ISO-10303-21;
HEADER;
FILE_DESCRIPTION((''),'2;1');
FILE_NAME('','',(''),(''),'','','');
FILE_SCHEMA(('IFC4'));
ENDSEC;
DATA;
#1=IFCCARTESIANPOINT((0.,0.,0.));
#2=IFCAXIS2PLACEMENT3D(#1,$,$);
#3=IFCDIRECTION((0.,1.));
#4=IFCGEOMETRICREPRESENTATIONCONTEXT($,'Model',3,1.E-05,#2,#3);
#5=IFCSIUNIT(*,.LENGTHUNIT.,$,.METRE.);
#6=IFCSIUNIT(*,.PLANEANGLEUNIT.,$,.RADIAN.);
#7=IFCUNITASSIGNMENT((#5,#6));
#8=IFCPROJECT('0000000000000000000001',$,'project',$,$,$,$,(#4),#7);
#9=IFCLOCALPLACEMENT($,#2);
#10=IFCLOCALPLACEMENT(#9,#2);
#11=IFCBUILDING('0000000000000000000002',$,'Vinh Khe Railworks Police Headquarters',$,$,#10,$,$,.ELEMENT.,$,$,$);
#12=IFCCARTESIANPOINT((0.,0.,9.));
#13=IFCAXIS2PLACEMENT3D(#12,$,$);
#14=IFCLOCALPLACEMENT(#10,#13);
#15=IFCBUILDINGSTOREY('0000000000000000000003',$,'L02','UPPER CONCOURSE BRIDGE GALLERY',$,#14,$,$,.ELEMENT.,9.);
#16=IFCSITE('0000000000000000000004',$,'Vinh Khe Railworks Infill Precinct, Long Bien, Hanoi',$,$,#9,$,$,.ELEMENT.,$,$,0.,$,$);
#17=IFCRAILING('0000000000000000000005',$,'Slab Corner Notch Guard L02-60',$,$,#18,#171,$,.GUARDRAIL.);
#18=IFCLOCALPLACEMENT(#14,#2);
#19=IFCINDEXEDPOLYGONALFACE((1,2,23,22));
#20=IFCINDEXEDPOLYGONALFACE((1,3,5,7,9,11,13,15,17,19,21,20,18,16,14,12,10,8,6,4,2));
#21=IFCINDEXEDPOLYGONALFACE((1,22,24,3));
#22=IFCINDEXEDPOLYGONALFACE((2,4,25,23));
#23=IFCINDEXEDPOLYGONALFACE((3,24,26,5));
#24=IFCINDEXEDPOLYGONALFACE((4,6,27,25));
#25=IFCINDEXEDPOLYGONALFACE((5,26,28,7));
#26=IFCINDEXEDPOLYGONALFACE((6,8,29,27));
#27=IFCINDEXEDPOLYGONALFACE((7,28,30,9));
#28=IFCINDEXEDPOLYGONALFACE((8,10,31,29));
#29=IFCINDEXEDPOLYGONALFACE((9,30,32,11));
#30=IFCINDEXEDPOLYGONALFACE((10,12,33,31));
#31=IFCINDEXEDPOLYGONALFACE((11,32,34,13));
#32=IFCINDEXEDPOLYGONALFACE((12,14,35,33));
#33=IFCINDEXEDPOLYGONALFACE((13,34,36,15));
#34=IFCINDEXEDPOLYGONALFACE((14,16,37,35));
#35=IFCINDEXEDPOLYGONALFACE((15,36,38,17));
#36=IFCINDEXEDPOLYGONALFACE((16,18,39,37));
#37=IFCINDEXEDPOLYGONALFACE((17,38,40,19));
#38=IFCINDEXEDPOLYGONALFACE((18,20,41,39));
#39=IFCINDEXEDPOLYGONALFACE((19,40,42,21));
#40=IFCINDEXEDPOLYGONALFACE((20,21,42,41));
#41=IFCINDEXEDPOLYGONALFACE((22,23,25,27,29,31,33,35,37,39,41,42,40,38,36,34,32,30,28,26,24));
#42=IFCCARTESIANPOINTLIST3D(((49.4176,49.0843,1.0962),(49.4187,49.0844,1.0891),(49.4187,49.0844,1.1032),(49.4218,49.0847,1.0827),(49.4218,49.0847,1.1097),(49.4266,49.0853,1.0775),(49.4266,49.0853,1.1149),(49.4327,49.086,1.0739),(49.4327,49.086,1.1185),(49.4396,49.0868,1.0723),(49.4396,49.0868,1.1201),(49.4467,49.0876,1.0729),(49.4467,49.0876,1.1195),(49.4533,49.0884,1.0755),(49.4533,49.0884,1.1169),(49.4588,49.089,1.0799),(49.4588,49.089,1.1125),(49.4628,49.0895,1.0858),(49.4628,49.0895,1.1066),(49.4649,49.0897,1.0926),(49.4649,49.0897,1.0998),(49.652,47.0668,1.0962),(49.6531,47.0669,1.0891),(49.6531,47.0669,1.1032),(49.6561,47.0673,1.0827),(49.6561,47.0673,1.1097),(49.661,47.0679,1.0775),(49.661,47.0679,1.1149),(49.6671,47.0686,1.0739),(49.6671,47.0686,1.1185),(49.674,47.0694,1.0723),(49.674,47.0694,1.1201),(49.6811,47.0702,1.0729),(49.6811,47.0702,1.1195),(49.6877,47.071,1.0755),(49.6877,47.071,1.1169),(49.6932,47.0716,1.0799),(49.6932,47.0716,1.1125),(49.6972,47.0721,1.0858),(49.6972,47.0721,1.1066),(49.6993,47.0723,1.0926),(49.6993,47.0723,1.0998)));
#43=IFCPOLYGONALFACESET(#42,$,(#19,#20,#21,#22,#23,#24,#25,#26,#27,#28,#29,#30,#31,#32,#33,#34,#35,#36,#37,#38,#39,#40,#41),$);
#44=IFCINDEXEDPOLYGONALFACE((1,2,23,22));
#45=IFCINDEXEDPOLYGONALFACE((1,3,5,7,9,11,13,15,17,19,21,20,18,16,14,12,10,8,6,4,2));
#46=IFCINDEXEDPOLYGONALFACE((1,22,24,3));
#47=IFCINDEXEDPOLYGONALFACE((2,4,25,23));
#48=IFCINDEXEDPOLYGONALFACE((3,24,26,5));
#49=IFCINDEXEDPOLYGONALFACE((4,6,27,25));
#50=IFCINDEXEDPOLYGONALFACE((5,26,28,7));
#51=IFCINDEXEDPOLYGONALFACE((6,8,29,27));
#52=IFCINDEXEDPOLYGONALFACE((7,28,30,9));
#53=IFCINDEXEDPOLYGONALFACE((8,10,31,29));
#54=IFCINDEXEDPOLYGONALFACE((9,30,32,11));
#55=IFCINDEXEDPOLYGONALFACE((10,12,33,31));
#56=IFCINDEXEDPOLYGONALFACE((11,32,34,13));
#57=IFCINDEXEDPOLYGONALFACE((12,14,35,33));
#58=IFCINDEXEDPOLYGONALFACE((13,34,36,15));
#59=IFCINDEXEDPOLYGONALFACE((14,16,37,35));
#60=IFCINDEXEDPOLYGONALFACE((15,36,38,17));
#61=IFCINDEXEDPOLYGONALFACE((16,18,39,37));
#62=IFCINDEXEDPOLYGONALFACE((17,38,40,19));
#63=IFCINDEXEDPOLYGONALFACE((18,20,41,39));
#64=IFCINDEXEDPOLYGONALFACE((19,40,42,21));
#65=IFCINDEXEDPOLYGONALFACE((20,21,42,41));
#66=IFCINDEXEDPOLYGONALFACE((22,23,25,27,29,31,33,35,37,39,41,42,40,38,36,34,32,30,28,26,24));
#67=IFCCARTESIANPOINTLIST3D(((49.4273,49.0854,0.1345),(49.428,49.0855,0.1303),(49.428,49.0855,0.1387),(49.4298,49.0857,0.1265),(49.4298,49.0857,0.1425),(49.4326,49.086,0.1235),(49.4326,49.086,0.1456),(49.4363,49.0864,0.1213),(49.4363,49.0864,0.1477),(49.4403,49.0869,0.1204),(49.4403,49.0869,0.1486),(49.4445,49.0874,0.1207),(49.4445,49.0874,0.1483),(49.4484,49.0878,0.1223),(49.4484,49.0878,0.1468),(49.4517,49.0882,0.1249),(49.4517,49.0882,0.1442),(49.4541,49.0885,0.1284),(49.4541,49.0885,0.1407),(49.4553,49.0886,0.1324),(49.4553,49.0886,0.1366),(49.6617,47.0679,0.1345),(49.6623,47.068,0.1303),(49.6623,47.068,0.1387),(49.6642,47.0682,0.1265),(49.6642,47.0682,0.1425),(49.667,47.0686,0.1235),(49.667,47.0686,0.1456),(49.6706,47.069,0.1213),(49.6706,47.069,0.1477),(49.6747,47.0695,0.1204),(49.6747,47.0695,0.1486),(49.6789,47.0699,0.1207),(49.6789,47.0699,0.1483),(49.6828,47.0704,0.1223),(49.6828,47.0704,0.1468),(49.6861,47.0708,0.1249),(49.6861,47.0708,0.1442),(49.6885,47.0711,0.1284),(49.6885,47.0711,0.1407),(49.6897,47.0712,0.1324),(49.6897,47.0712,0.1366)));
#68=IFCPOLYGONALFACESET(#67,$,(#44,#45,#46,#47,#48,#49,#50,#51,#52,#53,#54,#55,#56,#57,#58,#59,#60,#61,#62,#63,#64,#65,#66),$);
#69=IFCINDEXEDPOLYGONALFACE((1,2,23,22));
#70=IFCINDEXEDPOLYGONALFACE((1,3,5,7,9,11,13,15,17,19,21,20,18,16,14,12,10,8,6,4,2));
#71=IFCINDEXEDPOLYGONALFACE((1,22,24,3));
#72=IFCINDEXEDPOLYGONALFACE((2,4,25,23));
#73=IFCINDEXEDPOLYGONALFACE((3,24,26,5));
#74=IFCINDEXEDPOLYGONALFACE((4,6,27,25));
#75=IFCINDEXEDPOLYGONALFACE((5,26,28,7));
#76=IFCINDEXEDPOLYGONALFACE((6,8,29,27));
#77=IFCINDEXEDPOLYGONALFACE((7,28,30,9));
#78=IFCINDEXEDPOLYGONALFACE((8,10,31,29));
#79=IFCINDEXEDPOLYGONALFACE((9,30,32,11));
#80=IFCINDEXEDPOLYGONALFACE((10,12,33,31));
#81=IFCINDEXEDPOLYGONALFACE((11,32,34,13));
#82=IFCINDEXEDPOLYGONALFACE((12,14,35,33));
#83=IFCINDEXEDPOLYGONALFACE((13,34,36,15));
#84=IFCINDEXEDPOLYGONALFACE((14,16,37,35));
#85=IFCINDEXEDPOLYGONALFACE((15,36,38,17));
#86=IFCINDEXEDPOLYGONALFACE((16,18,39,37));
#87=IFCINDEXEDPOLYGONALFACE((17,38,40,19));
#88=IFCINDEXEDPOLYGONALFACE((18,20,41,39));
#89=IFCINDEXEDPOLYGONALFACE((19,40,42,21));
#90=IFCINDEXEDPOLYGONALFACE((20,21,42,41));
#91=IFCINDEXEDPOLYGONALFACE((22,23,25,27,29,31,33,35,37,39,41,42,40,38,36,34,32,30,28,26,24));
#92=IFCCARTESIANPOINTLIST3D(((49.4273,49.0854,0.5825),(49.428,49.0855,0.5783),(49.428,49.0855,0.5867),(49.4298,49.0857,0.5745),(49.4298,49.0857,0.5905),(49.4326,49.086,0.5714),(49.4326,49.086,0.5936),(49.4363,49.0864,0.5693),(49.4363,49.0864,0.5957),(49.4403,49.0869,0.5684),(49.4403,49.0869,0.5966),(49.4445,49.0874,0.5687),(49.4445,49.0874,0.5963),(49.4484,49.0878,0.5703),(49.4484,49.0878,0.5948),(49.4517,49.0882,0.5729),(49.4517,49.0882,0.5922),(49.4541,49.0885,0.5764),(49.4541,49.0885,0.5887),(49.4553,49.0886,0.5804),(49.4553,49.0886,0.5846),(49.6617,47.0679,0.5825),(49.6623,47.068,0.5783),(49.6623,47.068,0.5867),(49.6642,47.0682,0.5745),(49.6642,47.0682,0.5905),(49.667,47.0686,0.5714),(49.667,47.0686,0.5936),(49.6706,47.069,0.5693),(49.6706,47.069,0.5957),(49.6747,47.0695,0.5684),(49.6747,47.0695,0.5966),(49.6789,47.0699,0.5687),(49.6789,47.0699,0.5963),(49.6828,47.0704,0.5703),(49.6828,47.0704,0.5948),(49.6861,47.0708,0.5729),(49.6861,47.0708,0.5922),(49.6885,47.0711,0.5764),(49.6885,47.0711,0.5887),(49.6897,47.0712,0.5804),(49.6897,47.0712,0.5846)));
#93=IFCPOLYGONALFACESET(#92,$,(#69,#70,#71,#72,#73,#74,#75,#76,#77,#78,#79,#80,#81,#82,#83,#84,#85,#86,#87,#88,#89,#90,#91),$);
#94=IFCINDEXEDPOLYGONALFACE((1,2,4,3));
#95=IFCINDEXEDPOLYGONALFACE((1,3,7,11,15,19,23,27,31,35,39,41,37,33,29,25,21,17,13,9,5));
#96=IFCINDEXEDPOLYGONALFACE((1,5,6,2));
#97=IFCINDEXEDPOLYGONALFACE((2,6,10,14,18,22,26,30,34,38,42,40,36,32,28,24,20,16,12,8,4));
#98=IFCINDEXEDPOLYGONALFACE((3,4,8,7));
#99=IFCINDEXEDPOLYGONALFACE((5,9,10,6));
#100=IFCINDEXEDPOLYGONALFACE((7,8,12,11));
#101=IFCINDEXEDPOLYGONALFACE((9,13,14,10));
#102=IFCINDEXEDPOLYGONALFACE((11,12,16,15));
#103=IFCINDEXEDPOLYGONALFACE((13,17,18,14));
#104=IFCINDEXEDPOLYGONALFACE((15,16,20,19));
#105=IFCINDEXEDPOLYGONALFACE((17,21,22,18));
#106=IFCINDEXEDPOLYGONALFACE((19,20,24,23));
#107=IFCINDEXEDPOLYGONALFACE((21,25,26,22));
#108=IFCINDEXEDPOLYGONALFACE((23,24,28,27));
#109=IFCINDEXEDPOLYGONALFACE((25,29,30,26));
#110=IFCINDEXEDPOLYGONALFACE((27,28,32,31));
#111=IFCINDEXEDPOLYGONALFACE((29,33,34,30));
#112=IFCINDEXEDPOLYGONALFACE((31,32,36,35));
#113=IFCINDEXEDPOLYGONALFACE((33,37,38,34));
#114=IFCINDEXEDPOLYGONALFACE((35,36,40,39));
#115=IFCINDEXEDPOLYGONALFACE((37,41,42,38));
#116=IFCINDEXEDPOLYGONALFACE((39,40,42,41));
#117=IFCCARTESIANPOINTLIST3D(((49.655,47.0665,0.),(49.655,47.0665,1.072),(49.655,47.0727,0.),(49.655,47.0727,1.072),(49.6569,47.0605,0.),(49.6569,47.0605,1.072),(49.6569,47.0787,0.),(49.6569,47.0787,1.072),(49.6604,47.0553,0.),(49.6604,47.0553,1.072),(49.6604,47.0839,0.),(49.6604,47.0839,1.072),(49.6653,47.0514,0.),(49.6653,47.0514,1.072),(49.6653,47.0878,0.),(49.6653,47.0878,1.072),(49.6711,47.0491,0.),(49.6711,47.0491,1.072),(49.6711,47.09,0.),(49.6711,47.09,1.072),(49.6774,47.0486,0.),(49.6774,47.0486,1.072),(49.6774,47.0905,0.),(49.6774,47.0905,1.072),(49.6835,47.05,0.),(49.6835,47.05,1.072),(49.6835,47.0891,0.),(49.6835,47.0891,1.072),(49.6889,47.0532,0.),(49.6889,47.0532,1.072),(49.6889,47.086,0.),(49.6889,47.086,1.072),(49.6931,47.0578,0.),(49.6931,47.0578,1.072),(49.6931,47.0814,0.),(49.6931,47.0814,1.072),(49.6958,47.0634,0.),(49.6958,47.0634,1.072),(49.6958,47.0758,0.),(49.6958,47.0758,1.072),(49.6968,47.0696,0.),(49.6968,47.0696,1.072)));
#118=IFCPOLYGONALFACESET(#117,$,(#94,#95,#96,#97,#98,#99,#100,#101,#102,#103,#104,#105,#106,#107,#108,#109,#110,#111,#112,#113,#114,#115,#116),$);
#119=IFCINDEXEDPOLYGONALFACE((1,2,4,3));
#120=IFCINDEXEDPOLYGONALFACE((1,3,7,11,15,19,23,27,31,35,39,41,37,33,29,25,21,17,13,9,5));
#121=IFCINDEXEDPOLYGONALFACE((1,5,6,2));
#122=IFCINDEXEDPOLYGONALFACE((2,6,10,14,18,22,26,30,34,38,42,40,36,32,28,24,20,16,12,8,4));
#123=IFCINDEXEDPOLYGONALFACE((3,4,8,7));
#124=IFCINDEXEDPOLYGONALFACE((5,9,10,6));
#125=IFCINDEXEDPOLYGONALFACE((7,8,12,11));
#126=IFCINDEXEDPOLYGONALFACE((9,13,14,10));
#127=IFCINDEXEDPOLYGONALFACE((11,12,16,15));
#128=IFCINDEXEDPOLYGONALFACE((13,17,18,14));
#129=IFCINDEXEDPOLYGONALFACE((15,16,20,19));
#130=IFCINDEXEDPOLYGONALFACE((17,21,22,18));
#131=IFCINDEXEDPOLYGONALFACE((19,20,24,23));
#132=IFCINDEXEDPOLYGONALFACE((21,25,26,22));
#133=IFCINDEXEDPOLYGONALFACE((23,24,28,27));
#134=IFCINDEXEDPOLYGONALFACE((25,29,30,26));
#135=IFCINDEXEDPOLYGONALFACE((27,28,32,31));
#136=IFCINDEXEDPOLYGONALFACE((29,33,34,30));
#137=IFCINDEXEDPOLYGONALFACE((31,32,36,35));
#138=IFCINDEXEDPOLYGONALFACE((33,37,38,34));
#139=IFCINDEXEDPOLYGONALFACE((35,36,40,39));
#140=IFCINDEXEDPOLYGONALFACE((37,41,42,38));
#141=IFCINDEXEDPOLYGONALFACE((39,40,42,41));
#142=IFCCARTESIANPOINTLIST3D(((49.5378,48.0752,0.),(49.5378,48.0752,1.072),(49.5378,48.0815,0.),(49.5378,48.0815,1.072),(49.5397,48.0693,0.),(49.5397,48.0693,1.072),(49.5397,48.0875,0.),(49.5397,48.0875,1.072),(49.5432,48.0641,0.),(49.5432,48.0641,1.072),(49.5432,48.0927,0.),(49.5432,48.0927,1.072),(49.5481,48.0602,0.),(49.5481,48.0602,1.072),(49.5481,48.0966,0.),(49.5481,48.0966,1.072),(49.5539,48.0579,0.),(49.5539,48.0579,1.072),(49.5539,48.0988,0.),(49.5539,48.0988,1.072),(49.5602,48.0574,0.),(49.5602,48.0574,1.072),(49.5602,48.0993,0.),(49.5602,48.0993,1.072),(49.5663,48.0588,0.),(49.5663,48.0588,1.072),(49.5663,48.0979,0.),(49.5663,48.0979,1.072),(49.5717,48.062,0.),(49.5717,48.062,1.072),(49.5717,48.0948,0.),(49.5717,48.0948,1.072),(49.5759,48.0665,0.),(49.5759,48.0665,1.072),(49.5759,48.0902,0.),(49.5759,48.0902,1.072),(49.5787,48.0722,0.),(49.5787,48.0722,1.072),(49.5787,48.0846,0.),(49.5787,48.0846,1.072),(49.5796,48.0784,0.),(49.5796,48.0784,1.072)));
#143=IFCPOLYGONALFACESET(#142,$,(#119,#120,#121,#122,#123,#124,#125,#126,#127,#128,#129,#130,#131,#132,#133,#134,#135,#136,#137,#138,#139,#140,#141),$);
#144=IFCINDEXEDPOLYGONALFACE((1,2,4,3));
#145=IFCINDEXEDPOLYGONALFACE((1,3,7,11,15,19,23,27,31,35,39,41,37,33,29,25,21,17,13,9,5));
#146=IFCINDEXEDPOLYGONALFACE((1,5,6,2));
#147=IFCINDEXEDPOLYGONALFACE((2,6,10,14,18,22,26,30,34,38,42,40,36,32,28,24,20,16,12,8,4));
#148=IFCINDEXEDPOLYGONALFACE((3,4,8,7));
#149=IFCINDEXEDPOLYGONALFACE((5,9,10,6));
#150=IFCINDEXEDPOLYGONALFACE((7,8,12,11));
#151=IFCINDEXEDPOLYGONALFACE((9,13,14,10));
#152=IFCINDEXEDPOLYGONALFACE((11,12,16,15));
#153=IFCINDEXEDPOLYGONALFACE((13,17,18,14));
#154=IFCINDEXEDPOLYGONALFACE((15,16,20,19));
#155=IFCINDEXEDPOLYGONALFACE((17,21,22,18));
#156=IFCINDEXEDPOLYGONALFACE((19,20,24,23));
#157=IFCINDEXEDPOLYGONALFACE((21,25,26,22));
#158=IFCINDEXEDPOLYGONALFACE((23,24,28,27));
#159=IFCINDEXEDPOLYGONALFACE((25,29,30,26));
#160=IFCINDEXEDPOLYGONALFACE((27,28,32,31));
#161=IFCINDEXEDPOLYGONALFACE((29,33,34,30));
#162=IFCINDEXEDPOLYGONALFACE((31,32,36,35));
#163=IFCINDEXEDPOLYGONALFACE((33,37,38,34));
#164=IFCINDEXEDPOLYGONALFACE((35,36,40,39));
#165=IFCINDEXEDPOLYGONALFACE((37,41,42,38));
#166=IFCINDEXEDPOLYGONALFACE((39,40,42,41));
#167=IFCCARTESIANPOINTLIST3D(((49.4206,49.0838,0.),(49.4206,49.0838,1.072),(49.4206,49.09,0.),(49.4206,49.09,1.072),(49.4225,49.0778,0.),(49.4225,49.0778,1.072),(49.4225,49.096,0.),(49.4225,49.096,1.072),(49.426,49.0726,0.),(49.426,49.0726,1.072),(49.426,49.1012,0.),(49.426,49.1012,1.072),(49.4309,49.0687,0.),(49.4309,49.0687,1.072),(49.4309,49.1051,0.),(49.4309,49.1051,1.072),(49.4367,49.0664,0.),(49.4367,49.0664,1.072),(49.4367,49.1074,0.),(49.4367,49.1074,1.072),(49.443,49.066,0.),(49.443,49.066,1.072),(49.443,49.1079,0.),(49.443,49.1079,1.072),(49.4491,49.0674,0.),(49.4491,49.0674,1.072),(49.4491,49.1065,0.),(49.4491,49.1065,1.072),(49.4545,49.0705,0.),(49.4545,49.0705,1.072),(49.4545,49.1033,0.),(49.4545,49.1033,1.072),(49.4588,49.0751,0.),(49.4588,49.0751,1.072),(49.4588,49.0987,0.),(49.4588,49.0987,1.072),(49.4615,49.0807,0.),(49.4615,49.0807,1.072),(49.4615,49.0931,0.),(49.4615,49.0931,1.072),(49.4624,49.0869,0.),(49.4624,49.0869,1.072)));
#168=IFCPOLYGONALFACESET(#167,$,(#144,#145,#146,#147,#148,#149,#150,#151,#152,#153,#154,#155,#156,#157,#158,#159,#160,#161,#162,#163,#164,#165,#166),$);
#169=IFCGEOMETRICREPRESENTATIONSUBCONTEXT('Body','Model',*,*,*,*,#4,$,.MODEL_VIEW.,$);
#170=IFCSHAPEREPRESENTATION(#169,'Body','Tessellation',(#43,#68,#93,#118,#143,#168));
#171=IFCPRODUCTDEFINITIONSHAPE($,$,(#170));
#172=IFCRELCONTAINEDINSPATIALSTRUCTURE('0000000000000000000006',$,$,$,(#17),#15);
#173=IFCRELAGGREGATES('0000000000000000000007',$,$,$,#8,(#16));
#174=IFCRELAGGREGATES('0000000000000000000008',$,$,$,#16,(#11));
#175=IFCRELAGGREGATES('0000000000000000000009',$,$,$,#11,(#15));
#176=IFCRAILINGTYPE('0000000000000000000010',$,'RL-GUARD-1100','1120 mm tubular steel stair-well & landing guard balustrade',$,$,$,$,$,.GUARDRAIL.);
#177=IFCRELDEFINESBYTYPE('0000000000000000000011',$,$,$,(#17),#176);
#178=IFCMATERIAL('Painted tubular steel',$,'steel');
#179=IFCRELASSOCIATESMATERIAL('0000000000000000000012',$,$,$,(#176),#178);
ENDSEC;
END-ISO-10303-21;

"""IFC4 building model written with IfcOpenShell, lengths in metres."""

from ifc_helpers import new_model, si_unit, direction, frame, origin, origin_2d, place, context, subcontext, project, spatial, circle, extrude, material, type_object, element, save


model = new_model("IFC4")

# Units and contexts
model_context = context("Model", 3, precision=1e-05, world=origin(), true_north=direction((0.0, 1.0)))
body_context = subcontext(model_context, "Body", "Model", "MODEL_VIEW")
ifc_project = project(units=[si_unit("LENGTHUNIT", "METRE"), si_unit("PLANEANGLEUNIT", "RADIAN")], contexts=[model_context])

# Site, building, storey
site_placement = place(None, origin())
site = spatial("IfcSite", under=ifc_project, at=site_placement, Name="Vinh Khe Railworks Infill Precinct, Long Bien, Hanoi", CompositionType="ELEMENT", RefElevation=0.0)
building_placement = place(site_placement, origin())
building = spatial("IfcBuilding", under=site, at=building_placement, Name="Vinh Khe Railworks Police Headquarters", CompositionType="ELEMENT")
storey_placement = place(building_placement, frame((0.0, 0.0, 9.0)))
storey = spatial("IfcBuildingStorey", under=building, at=storey_placement, Name="L02", Description="UPPER CONCOURSE BRIDGE GALLERY", CompositionType="ELEMENT", Elevation=9.0)

# Railing
ifc_material_1 = material(Name="Painted tubular steel", Category="steel")
railing_type = type_object("IfcRailingType", Name="RL-GUARD-1100", Description="1120 mm tubular steel stair-well & landing guard balustrade", PredefinedType="GUARDRAIL", material=ifc_material_1)
railing_1_placement = place(storey_placement, frame((49.6758, 47.0696, 0.0)))
element("IfcRailing", 1, at=railing_1_placement, inside=storey, type_object=railing_type, Name="Slab Corner Notch Guard L02-60", PredefinedType="GUARDRAIL", context=body_context, shape_type="SweptSolid", body=[
    extrude(circle(Radius=0.0239, at=origin_2d()), frame((0.0, 0.0, 1.0962), z_axis=(-0.115404, 0.993319, 0.0), x_axis=(-0.993319, -0.115404, 0.0)), (0.0, 0.0, 1.0), 2.031),
    extrude(circle(Radius=0.0142, at=origin_2d()), frame((0.0, 0.0, 0.1345), z_axis=(-0.115404, 0.993319, 0.0), x_axis=(-0.993319, -0.115404, 0.0)), (0.0, 0.0, 1.0), 2.031),
    extrude(circle(Radius=0.0142, at=origin_2d()), frame((0.0, 0.0, 0.5825), z_axis=(-0.115404, 0.993319, 0.0), x_axis=(-0.993319, -0.115404, 0.0)), (0.0, 0.0, 1.0), 2.031),
    extrude(circle(Radius=0.021, at=origin_2d()), origin(), (0.0, 0.0, 1.0), 1.072),
    extrude(circle(Radius=0.021, at=origin_2d()), frame((-0.1172, 1.0088, 0.0)), (0.0, 0.0, 1.0), 1.072),
    extrude(circle(Radius=0.021, at=origin_2d()), frame((-0.2344, 2.0173, 0.0)), (0.0, 0.0, 1.0), 1.072),
])

save(model, "model.ifc")
